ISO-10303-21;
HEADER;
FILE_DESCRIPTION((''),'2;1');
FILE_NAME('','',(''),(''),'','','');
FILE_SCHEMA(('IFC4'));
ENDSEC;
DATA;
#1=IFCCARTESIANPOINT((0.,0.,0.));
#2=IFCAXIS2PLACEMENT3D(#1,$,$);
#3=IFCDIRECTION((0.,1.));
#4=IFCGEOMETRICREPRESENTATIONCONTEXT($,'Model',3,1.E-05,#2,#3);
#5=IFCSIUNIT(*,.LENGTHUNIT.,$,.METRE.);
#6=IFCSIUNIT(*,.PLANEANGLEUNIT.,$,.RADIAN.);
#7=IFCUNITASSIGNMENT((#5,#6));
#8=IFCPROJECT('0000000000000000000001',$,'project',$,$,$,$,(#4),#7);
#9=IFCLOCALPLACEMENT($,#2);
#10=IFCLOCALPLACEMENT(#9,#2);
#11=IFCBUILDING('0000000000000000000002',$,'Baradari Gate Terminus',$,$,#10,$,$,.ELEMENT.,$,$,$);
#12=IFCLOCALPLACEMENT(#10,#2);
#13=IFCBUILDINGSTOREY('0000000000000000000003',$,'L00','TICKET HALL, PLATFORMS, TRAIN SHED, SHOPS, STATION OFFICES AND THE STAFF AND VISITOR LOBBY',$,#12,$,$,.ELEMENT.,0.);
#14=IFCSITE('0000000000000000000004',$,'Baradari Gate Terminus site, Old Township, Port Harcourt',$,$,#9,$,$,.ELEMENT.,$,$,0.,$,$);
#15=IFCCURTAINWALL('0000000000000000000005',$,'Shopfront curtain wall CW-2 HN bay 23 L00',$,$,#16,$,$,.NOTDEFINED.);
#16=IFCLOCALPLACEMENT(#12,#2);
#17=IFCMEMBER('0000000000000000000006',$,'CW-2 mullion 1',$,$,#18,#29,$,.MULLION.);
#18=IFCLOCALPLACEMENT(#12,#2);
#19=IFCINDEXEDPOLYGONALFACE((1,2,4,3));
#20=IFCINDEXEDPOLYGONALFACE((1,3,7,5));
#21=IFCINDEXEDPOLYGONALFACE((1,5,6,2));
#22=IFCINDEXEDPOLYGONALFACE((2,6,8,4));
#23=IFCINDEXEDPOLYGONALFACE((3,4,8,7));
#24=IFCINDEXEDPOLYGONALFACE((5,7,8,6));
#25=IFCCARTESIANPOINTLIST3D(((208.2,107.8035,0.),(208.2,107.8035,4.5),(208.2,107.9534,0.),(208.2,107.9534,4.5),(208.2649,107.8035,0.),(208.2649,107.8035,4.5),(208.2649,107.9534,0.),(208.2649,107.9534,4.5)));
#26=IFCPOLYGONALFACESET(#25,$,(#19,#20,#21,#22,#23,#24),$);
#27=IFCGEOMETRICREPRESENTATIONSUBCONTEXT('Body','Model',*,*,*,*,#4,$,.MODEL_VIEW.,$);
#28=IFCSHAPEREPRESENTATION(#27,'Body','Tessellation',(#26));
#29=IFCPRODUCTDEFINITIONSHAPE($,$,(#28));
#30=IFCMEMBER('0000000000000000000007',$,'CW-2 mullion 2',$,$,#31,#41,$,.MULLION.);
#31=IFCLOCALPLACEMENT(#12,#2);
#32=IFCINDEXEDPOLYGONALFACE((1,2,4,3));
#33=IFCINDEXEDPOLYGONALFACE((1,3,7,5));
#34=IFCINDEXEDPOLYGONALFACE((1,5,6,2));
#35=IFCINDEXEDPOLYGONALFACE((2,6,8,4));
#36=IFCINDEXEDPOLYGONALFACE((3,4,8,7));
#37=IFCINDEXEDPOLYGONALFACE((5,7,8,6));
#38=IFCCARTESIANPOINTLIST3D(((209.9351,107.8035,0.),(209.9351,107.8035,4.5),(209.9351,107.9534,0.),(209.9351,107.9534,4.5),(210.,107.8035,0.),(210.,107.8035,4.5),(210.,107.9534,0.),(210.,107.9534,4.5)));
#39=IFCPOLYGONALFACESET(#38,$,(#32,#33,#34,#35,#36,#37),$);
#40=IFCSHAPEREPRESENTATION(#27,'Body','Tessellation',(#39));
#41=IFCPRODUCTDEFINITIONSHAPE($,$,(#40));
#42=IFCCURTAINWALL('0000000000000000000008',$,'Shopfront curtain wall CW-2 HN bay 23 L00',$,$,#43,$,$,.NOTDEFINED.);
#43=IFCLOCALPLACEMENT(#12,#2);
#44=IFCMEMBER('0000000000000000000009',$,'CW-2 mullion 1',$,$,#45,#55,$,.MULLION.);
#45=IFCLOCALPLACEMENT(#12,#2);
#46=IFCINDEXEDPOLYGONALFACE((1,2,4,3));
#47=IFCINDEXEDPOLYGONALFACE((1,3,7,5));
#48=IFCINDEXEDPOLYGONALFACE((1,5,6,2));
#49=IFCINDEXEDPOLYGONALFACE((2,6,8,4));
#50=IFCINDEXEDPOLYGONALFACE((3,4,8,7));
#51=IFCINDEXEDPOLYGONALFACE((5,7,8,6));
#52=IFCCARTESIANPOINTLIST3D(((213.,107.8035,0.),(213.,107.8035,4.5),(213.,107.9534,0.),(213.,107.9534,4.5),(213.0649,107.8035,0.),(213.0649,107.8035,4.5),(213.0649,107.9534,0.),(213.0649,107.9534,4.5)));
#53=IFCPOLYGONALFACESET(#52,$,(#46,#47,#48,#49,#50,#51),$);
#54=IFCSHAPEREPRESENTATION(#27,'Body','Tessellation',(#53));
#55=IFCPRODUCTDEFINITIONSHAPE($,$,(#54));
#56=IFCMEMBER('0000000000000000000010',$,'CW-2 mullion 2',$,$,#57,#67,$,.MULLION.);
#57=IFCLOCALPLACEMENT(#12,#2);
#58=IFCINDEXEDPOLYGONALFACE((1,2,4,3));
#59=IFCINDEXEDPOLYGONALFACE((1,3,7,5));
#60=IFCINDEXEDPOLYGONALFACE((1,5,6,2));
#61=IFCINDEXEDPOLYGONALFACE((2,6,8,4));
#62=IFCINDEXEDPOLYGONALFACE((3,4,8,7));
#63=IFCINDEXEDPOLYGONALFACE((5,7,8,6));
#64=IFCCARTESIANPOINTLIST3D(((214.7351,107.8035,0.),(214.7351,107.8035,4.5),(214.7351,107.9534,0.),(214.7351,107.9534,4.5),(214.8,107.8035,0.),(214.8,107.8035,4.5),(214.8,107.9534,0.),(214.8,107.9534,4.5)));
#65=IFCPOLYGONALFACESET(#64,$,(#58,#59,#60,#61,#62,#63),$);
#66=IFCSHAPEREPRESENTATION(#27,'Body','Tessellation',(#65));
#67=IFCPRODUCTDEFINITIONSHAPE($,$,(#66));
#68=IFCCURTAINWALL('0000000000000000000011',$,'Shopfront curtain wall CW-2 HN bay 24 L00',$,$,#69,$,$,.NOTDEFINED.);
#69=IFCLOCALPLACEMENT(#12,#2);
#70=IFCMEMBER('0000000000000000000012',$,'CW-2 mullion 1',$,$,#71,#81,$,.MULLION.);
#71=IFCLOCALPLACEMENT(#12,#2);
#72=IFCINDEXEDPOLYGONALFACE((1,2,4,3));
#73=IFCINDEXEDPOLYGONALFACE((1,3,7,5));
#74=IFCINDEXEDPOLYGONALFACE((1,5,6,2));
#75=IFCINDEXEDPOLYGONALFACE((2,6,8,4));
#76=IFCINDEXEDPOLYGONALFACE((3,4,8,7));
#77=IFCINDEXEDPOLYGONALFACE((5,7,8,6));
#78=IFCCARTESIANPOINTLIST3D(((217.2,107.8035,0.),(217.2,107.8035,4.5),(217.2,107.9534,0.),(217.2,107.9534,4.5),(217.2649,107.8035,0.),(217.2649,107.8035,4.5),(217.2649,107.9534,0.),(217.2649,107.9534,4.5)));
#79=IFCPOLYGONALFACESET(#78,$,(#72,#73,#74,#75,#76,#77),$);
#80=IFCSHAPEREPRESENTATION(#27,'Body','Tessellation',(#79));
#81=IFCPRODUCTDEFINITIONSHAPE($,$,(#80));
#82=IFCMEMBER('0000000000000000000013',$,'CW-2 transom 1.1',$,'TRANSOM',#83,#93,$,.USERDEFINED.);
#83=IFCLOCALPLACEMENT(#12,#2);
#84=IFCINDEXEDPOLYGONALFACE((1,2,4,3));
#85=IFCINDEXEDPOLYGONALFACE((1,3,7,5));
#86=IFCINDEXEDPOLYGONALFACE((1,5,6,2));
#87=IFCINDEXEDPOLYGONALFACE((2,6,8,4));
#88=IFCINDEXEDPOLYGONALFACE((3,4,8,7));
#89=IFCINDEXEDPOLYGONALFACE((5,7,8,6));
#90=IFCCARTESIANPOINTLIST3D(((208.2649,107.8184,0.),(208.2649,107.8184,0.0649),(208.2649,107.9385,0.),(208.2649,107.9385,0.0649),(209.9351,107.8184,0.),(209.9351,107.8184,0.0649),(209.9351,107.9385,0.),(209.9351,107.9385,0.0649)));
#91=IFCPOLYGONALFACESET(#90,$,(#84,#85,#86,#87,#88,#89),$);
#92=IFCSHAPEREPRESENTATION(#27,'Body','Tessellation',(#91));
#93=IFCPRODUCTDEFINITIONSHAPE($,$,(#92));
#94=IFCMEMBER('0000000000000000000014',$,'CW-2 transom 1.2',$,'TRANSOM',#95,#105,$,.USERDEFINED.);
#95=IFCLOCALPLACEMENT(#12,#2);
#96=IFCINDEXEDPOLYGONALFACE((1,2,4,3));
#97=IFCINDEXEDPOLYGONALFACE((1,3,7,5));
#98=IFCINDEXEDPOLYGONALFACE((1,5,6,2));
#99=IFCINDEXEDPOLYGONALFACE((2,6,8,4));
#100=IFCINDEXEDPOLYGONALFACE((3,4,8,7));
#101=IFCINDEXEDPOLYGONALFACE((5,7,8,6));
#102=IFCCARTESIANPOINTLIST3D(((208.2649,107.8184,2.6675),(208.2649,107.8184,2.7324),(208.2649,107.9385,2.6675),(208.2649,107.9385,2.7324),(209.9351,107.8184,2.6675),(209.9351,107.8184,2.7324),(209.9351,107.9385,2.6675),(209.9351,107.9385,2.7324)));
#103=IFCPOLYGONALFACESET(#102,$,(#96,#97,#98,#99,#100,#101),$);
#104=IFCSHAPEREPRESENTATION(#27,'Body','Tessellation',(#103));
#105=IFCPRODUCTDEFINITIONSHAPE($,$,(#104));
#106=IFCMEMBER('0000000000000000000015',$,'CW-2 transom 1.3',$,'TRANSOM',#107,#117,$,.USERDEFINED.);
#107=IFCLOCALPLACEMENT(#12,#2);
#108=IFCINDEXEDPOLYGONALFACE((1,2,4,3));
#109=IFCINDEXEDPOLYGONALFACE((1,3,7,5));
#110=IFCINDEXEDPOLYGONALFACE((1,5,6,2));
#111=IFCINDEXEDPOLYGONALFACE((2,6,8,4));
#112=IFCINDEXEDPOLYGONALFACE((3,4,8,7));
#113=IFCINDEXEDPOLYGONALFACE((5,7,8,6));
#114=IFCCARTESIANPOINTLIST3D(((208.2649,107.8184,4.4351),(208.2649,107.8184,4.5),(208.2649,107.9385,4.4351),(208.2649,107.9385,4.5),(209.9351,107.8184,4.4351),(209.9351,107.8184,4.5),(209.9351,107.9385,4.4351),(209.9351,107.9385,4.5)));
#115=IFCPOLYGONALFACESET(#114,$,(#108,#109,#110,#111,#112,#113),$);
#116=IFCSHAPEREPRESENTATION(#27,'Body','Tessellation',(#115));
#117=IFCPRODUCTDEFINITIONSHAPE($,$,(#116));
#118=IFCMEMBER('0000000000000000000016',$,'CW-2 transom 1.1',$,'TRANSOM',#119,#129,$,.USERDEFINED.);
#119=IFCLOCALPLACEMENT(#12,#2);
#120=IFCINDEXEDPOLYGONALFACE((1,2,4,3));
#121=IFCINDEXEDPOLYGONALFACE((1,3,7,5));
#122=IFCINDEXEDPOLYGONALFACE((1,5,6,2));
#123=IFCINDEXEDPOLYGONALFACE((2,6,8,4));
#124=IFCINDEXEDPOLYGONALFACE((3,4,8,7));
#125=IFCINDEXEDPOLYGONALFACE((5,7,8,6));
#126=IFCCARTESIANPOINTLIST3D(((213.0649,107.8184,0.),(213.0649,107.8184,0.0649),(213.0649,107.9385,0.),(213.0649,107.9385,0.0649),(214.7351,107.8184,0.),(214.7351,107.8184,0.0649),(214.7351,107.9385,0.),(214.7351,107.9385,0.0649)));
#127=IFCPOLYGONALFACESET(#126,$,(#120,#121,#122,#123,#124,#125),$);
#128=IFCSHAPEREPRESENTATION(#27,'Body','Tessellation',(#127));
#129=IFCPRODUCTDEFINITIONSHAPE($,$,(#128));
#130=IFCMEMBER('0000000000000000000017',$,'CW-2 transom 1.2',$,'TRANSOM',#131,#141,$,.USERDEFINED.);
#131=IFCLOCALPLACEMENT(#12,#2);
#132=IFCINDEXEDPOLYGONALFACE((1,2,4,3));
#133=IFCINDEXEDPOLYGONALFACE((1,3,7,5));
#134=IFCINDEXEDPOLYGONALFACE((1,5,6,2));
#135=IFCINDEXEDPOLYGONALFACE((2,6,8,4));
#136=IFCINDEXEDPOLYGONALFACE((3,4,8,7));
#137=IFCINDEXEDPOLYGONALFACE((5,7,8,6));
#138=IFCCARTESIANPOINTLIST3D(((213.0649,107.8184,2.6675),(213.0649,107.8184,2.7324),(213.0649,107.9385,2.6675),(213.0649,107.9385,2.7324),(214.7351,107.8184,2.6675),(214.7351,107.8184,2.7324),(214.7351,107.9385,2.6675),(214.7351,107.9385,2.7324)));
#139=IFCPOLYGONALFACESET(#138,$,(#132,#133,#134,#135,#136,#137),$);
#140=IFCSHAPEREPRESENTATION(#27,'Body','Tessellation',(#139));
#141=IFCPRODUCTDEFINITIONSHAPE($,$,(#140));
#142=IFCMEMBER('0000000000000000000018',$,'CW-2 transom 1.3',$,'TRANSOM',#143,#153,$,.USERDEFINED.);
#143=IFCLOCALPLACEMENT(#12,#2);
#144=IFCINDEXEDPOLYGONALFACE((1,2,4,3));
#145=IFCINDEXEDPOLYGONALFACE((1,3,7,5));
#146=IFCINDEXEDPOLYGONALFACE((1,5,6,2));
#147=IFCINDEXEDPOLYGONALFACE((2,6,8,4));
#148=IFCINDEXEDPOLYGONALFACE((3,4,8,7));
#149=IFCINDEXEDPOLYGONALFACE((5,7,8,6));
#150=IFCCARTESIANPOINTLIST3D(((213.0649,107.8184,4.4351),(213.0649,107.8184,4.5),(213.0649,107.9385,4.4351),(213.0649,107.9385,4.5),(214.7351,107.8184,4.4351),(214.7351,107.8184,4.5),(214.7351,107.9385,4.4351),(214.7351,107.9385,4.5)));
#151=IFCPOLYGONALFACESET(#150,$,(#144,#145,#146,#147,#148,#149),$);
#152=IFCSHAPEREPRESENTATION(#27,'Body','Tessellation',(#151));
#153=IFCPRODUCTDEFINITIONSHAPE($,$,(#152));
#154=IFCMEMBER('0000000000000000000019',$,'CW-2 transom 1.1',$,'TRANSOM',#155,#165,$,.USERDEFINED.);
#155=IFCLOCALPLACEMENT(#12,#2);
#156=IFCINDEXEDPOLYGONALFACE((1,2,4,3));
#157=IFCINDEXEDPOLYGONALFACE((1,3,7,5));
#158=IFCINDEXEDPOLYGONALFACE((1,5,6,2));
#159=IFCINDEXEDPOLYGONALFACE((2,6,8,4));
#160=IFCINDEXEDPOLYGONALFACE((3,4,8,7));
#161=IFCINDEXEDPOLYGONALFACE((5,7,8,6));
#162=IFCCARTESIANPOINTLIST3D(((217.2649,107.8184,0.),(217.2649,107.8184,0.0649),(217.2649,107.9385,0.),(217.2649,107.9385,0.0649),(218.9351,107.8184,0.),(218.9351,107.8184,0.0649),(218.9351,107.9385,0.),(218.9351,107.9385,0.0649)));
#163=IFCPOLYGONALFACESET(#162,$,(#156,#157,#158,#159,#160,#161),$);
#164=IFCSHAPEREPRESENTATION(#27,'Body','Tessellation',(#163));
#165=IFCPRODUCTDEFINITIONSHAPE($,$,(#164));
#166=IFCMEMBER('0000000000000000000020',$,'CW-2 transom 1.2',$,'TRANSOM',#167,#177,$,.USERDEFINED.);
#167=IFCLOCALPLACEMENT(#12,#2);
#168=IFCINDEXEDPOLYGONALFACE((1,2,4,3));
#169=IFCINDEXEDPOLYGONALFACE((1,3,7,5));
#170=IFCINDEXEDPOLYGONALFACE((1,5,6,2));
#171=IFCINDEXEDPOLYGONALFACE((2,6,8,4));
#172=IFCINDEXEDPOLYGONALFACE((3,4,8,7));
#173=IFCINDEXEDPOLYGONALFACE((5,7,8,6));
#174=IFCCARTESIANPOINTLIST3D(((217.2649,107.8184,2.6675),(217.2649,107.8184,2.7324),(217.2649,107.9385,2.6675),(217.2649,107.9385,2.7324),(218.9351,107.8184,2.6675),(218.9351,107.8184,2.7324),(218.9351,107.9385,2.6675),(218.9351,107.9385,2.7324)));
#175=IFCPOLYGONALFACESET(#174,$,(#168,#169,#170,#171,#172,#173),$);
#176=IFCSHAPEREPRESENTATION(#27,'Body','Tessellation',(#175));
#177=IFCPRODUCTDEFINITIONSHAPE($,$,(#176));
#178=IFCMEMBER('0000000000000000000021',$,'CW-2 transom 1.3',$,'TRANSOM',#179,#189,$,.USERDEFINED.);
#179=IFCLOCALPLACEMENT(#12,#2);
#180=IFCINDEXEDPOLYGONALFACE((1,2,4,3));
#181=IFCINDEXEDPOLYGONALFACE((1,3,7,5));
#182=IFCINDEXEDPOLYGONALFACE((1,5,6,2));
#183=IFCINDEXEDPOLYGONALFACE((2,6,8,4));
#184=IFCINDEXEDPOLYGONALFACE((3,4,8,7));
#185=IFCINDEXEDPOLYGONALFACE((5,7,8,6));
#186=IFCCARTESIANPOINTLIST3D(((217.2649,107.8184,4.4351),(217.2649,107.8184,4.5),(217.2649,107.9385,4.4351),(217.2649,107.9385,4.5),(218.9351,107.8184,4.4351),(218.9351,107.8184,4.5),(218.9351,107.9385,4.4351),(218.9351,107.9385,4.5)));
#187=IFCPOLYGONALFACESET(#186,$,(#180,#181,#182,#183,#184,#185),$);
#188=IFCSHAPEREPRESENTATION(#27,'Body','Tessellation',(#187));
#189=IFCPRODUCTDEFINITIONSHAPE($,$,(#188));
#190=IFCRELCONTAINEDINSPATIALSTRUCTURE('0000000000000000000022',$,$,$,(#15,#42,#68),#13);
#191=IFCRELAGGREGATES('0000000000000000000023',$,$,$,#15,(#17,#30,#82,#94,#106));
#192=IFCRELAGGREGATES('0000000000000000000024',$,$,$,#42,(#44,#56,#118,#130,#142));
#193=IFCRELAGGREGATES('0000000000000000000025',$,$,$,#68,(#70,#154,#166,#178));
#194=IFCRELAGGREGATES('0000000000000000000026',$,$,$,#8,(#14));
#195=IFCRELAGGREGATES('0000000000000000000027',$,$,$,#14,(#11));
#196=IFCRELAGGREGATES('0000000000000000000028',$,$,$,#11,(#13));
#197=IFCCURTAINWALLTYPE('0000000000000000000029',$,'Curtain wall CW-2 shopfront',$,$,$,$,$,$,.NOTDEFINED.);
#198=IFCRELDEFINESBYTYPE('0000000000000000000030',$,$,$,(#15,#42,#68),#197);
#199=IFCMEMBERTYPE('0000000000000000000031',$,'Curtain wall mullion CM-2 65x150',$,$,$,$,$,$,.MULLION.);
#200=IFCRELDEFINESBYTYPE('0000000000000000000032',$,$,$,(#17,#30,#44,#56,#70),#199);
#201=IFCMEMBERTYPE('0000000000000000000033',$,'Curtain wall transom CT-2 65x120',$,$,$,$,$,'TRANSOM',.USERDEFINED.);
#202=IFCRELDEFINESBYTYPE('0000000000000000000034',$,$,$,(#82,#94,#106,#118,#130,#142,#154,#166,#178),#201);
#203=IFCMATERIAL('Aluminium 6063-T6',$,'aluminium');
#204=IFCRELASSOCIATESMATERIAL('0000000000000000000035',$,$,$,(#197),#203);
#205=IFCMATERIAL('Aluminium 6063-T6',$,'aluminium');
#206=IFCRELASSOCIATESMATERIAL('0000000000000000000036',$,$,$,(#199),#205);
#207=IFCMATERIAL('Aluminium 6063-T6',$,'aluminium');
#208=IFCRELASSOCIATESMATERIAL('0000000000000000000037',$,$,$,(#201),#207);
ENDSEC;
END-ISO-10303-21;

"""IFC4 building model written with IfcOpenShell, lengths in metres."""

from ifc_helpers import new_model, si_unit, direction, frame, origin, origin_2d, place, context, subcontext, project, spatial, rectangle, extrude, material, material_profile, profile_set, type_object, element, aggregate, save


model = new_model("IFC4")

# Units and contexts
model_context = context("Model", 3, precision=1e-05, world=origin(), true_north=direction((0.0, 1.0)))
body_context = subcontext(model_context, "Body", "Model", "MODEL_VIEW")
ifc_project = project(units=[si_unit("LENGTHUNIT", "METRE"), si_unit("PLANEANGLEUNIT", "RADIAN")], contexts=[model_context])

# Site, building, storey
site_placement = place(None, origin())
site = spatial("IfcSite", under=ifc_project, at=site_placement, Name="Baradari Gate Terminus site, Old Township, Port Harcourt", CompositionType="ELEMENT", RefElevation=0.0)
building_placement = place(site_placement, origin())
building = spatial("IfcBuilding", under=site, at=building_placement, Name="Baradari Gate Terminus", CompositionType="ELEMENT")
storey_placement = place(building_placement, origin())
storey = spatial("IfcBuildingStorey", under=building, at=storey_placement, Name="L00", Description="TICKET HALL, PLATFORMS, TRAIN SHED, SHOPS, STATION OFFICES AND THE STAFF AND VISITOR LOBBY", CompositionType="ELEMENT", Elevation=0.0)

# Curtain walls, members
ifc_material_1 = material(Name="Aluminium 6063-T6", Category="aluminium")
curtain_wall_type = type_object("IfcCurtainWallType", Name="Curtain wall CW-2 shopfront", PredefinedType="NOTDEFINED", material=ifc_material_1)
curtain_wall_1_placement = place(storey_placement, origin())
curtain_wall_1 = element("IfcCurtainWall", 1, at=curtain_wall_1_placement, inside=storey, type_object=curtain_wall_type, Name="Shopfront curtain wall CW-2 HN bay 23 L00", PredefinedType="NOTDEFINED")
ifc_material_2 = material(Name="Aluminium 6063-T6", Category="aluminium")
ifc_material_profile_1 = material_profile(ifc_material_2, rectangle(XDim=0.1499, YDim=0.0649, at=origin_2d()), Name="CM-2 65X150")
ifc_profile_set_1 = profile_set([ifc_material_profile_1], Name="Aluminium 6063-T6")
member_type_1 = type_object("IfcMemberType", Name="Curtain wall mullion CM-2 65x150", PredefinedType="MULLION", material=ifc_profile_set_1)
member_1_placement = place(storey_placement, frame((208.2324, 107.8784, 0.0), z_axis=(0.0, 0.0, 1.0), x_axis=(0.0, 1.0, 0.0)))
member_1 = element("IfcMember", 2, at=member_1_placement, type_object=member_type_1, Name="CW-2 mullion 1", PredefinedType="MULLION", context=body_context, shape_type="SweptSolid", body=[
    extrude(rectangle(XDim=0.1499, YDim=0.0649, at=origin_2d()), origin(), (0.0, 0.0, 1.0), 4.5),
])
member_2_placement = place(storey_placement, frame((209.9675, 107.8784, 0.0), z_axis=(0.0, 0.0, 1.0), x_axis=(0.0, 1.0, 0.0)))
member_2 = element("IfcMember", 3, at=member_2_placement, type_object=member_type_1, Name="CW-2 mullion 2", PredefinedType="MULLION", context=body_context, shape_type="SweptSolid", body=[
    extrude(rectangle(XDim=0.1499, YDim=0.0649, at=origin_2d()), origin(), (0.0, 0.0, 1.0), 4.5),
])
curtain_wall_2_placement = place(storey_placement, origin())
curtain_wall_2 = element("IfcCurtainWall", 4, at=curtain_wall_2_placement, inside=storey, type_object=curtain_wall_type, Name="Shopfront curtain wall CW-2 HN bay 23 L00", PredefinedType="NOTDEFINED")
member_3_placement = place(storey_placement, frame((213.0325, 107.8784, 0.0), z_axis=(0.0, 0.0, 1.0), x_axis=(0.0, 1.0, 0.0)))
member_3 = element("IfcMember", 5, at=member_3_placement, type_object=member_type_1, Name="CW-2 mullion 1", PredefinedType="MULLION", context=body_context, shape_type="SweptSolid", body=[
    extrude(rectangle(XDim=0.1499, YDim=0.0649, at=origin_2d()), origin(), (0.0, 0.0, 1.0), 4.5),
])
member_4_placement = place(storey_placement, frame((214.7676, 107.8784, 0.0), z_axis=(0.0, 0.0, 1.0), x_axis=(0.0, 1.0, 0.0)))
member_4 = element("IfcMember", 6, at=member_4_placement, type_object=member_type_1, Name="CW-2 mullion 2", PredefinedType="MULLION", context=body_context, shape_type="SweptSolid", body=[
    extrude(rectangle(XDim=0.1499, YDim=0.0649, at=origin_2d()), origin(), (0.0, 0.0, 1.0), 4.5),
])

# Curtain wall, member
curtain_wall_3_placement = place(storey_placement, origin())
curtain_wall_3 = element("IfcCurtainWall", 7, at=curtain_wall_3_placement, inside=storey, type_object=curtain_wall_type, Name="Shopfront curtain wall CW-2 HN bay 24 L00", PredefinedType="NOTDEFINED")
member_5_placement = place(storey_placement, frame((217.2324, 107.8784, 0.0), z_axis=(0.0, 0.0, 1.0), x_axis=(0.0, 1.0, 0.0)))
member_5 = element("IfcMember", 8, at=member_5_placement, type_object=member_type_1, Name="CW-2 mullion 1", PredefinedType="MULLION", context=body_context, shape_type="SweptSolid", body=[
    extrude(rectangle(XDim=0.1499, YDim=0.0649, at=origin_2d()), origin(), (0.0, 0.0, 1.0), 4.5),
])

# Members
ifc_material_3 = material(Name="Aluminium 6063-T6", Category="aluminium")
ifc_material_profile_2 = material_profile(ifc_material_3, rectangle(XDim=0.1201, YDim=0.0649, at=origin_2d()), Name="CT-2 65X120")
ifc_profile_set_2 = profile_set([ifc_material_profile_2], Name="Aluminium 6063-T6")
member_type_2 = type_object("IfcMemberType", Name="Curtain wall transom CT-2 65x120", ElementType="TRANSOM", PredefinedType="USERDEFINED", material=ifc_profile_set_2)
member_6_placement = place(storey_placement, frame((208.2649, 107.8784, 0.0325), z_axis=(1.0, 0.0, 0.0), x_axis=(0.0, 1.0, 0.0)))
member_6 = element("IfcMember", 9, at=member_6_placement, type_object=member_type_2, Name="CW-2 transom 1.1", ObjectType="TRANSOM", PredefinedType="USERDEFINED", context=body_context, shape_type="SweptSolid", body=[
    extrude(rectangle(XDim=0.1201, YDim=0.0649, at=origin_2d()), origin(), (0.0, 0.0, 1.0), 1.6702),
])
member_7_placement = place(storey_placement, frame((208.2649, 107.8784, 2.7), z_axis=(1.0, 0.0, 0.0), x_axis=(0.0, 1.0, 0.0)))
member_7 = element("IfcMember", 10, at=member_7_placement, type_object=member_type_2, Name="CW-2 transom 1.2", ObjectType="TRANSOM", PredefinedType="USERDEFINED", context=body_context, shape_type="SweptSolid", body=[
    extrude(rectangle(XDim=0.1201, YDim=0.0649, at=origin_2d()), origin(), (0.0, 0.0, 1.0), 1.6702),
])
member_8_placement = place(storey_placement, frame((208.2649, 107.8784, 4.4675), z_axis=(1.0, 0.0, 0.0), x_axis=(0.0, 1.0, 0.0)))
member_8 = element("IfcMember", 11, at=member_8_placement, type_object=member_type_2, Name="CW-2 transom 1.3", ObjectType="TRANSOM", PredefinedType="USERDEFINED", context=body_context, shape_type="SweptSolid", body=[
    extrude(rectangle(XDim=0.1201, YDim=0.0649, at=origin_2d()), origin(), (0.0, 0.0, 1.0), 1.6702),
])
member_9_placement = place(storey_placement, frame((213.0649, 107.8784, 0.0325), z_axis=(1.0, 0.0, 0.0), x_axis=(0.0, 1.0, 0.0)))
member_9 = element("IfcMember", 12, at=member_9_placement, type_object=member_type_2, Name="CW-2 transom 1.1", ObjectType="TRANSOM", PredefinedType="USERDEFINED", context=body_context, shape_type="SweptSolid", body=[
    extrude(rectangle(XDim=0.1201, YDim=0.0649, at=origin_2d()), origin(), (0.0, 0.0, 1.0), 1.6702),
])
member_10_placement = place(storey_placement, frame((213.0649, 107.8784, 2.7), z_axis=(1.0, 0.0, 0.0), x_axis=(0.0, 1.0, 0.0)))
member_10 = element("IfcMember", 13, at=member_10_placement, type_object=member_type_2, Name="CW-2 transom 1.2", ObjectType="TRANSOM", PredefinedType="USERDEFINED", context=body_context, shape_type="SweptSolid", body=[
    extrude(rectangle(XDim=0.1201, YDim=0.0649, at=origin_2d()), origin(), (0.0, 0.0, 1.0), 1.6702),
])
member_11_placement = place(storey_placement, frame((213.0649, 107.8784, 4.4675), z_axis=(1.0, 0.0, 0.0), x_axis=(0.0, 1.0, 0.0)))
member_11 = element("IfcMember", 14, at=member_11_placement, type_object=member_type_2, Name="CW-2 transom 1.3", ObjectType="TRANSOM", PredefinedType="USERDEFINED", context=body_context, shape_type="SweptSolid", body=[
    extrude(rectangle(XDim=0.1201, YDim=0.0649, at=origin_2d()), origin(), (0.0, 0.0, 1.0), 1.6702),
])
member_12_placement = place(storey_placement, frame((217.2649, 107.8784, 0.0325), z_axis=(1.0, 0.0, 0.0), x_axis=(0.0, 1.0, 0.0)))
member_12 = element("IfcMember", 15, at=member_12_placement, type_object=member_type_2, Name="CW-2 transom 1.1", ObjectType="TRANSOM", PredefinedType="USERDEFINED", context=body_context, shape_type="SweptSolid", body=[
    extrude(rectangle(XDim=0.1201, YDim=0.0649, at=origin_2d()), origin(), (0.0, 0.0, 1.0), 1.6702),
])
member_13_placement = place(storey_placement, frame((217.2649, 107.8784, 2.7), z_axis=(1.0, 0.0, 0.0), x_axis=(0.0, 1.0, 0.0)))
member_13 = element("IfcMember", 16, at=member_13_placement, type_object=member_type_2, Name="CW-2 transom 1.2", ObjectType="TRANSOM", PredefinedType="USERDEFINED", context=body_context, shape_type="SweptSolid", body=[
    extrude(rectangle(XDim=0.1201, YDim=0.0649, at=origin_2d()), origin(), (0.0, 0.0, 1.0), 1.6702),
])
member_14_placement = place(storey_placement, frame((217.2649, 107.8784, 4.4675), z_axis=(1.0, 0.0, 0.0), x_axis=(0.0, 1.0, 0.0)))
member_14 = element("IfcMember", 17, at=member_14_placement, type_object=member_type_2, Name="CW-2 transom 1.3", ObjectType="TRANSOM", PredefinedType="USERDEFINED", context=body_context, shape_type="SweptSolid", body=[
    extrude(rectangle(XDim=0.1201, YDim=0.0649, at=origin_2d()), origin(), (0.0, 0.0, 1.0), 1.6702),
])

aggregate(curtain_wall_1, [member_1, member_2, member_6, member_7, member_8])
aggregate(curtain_wall_2, [member_3, member_4, member_9, member_10, member_11])
aggregate(curtain_wall_3, [member_5, member_12, member_13, member_14])

save(model, "model.ifc")
